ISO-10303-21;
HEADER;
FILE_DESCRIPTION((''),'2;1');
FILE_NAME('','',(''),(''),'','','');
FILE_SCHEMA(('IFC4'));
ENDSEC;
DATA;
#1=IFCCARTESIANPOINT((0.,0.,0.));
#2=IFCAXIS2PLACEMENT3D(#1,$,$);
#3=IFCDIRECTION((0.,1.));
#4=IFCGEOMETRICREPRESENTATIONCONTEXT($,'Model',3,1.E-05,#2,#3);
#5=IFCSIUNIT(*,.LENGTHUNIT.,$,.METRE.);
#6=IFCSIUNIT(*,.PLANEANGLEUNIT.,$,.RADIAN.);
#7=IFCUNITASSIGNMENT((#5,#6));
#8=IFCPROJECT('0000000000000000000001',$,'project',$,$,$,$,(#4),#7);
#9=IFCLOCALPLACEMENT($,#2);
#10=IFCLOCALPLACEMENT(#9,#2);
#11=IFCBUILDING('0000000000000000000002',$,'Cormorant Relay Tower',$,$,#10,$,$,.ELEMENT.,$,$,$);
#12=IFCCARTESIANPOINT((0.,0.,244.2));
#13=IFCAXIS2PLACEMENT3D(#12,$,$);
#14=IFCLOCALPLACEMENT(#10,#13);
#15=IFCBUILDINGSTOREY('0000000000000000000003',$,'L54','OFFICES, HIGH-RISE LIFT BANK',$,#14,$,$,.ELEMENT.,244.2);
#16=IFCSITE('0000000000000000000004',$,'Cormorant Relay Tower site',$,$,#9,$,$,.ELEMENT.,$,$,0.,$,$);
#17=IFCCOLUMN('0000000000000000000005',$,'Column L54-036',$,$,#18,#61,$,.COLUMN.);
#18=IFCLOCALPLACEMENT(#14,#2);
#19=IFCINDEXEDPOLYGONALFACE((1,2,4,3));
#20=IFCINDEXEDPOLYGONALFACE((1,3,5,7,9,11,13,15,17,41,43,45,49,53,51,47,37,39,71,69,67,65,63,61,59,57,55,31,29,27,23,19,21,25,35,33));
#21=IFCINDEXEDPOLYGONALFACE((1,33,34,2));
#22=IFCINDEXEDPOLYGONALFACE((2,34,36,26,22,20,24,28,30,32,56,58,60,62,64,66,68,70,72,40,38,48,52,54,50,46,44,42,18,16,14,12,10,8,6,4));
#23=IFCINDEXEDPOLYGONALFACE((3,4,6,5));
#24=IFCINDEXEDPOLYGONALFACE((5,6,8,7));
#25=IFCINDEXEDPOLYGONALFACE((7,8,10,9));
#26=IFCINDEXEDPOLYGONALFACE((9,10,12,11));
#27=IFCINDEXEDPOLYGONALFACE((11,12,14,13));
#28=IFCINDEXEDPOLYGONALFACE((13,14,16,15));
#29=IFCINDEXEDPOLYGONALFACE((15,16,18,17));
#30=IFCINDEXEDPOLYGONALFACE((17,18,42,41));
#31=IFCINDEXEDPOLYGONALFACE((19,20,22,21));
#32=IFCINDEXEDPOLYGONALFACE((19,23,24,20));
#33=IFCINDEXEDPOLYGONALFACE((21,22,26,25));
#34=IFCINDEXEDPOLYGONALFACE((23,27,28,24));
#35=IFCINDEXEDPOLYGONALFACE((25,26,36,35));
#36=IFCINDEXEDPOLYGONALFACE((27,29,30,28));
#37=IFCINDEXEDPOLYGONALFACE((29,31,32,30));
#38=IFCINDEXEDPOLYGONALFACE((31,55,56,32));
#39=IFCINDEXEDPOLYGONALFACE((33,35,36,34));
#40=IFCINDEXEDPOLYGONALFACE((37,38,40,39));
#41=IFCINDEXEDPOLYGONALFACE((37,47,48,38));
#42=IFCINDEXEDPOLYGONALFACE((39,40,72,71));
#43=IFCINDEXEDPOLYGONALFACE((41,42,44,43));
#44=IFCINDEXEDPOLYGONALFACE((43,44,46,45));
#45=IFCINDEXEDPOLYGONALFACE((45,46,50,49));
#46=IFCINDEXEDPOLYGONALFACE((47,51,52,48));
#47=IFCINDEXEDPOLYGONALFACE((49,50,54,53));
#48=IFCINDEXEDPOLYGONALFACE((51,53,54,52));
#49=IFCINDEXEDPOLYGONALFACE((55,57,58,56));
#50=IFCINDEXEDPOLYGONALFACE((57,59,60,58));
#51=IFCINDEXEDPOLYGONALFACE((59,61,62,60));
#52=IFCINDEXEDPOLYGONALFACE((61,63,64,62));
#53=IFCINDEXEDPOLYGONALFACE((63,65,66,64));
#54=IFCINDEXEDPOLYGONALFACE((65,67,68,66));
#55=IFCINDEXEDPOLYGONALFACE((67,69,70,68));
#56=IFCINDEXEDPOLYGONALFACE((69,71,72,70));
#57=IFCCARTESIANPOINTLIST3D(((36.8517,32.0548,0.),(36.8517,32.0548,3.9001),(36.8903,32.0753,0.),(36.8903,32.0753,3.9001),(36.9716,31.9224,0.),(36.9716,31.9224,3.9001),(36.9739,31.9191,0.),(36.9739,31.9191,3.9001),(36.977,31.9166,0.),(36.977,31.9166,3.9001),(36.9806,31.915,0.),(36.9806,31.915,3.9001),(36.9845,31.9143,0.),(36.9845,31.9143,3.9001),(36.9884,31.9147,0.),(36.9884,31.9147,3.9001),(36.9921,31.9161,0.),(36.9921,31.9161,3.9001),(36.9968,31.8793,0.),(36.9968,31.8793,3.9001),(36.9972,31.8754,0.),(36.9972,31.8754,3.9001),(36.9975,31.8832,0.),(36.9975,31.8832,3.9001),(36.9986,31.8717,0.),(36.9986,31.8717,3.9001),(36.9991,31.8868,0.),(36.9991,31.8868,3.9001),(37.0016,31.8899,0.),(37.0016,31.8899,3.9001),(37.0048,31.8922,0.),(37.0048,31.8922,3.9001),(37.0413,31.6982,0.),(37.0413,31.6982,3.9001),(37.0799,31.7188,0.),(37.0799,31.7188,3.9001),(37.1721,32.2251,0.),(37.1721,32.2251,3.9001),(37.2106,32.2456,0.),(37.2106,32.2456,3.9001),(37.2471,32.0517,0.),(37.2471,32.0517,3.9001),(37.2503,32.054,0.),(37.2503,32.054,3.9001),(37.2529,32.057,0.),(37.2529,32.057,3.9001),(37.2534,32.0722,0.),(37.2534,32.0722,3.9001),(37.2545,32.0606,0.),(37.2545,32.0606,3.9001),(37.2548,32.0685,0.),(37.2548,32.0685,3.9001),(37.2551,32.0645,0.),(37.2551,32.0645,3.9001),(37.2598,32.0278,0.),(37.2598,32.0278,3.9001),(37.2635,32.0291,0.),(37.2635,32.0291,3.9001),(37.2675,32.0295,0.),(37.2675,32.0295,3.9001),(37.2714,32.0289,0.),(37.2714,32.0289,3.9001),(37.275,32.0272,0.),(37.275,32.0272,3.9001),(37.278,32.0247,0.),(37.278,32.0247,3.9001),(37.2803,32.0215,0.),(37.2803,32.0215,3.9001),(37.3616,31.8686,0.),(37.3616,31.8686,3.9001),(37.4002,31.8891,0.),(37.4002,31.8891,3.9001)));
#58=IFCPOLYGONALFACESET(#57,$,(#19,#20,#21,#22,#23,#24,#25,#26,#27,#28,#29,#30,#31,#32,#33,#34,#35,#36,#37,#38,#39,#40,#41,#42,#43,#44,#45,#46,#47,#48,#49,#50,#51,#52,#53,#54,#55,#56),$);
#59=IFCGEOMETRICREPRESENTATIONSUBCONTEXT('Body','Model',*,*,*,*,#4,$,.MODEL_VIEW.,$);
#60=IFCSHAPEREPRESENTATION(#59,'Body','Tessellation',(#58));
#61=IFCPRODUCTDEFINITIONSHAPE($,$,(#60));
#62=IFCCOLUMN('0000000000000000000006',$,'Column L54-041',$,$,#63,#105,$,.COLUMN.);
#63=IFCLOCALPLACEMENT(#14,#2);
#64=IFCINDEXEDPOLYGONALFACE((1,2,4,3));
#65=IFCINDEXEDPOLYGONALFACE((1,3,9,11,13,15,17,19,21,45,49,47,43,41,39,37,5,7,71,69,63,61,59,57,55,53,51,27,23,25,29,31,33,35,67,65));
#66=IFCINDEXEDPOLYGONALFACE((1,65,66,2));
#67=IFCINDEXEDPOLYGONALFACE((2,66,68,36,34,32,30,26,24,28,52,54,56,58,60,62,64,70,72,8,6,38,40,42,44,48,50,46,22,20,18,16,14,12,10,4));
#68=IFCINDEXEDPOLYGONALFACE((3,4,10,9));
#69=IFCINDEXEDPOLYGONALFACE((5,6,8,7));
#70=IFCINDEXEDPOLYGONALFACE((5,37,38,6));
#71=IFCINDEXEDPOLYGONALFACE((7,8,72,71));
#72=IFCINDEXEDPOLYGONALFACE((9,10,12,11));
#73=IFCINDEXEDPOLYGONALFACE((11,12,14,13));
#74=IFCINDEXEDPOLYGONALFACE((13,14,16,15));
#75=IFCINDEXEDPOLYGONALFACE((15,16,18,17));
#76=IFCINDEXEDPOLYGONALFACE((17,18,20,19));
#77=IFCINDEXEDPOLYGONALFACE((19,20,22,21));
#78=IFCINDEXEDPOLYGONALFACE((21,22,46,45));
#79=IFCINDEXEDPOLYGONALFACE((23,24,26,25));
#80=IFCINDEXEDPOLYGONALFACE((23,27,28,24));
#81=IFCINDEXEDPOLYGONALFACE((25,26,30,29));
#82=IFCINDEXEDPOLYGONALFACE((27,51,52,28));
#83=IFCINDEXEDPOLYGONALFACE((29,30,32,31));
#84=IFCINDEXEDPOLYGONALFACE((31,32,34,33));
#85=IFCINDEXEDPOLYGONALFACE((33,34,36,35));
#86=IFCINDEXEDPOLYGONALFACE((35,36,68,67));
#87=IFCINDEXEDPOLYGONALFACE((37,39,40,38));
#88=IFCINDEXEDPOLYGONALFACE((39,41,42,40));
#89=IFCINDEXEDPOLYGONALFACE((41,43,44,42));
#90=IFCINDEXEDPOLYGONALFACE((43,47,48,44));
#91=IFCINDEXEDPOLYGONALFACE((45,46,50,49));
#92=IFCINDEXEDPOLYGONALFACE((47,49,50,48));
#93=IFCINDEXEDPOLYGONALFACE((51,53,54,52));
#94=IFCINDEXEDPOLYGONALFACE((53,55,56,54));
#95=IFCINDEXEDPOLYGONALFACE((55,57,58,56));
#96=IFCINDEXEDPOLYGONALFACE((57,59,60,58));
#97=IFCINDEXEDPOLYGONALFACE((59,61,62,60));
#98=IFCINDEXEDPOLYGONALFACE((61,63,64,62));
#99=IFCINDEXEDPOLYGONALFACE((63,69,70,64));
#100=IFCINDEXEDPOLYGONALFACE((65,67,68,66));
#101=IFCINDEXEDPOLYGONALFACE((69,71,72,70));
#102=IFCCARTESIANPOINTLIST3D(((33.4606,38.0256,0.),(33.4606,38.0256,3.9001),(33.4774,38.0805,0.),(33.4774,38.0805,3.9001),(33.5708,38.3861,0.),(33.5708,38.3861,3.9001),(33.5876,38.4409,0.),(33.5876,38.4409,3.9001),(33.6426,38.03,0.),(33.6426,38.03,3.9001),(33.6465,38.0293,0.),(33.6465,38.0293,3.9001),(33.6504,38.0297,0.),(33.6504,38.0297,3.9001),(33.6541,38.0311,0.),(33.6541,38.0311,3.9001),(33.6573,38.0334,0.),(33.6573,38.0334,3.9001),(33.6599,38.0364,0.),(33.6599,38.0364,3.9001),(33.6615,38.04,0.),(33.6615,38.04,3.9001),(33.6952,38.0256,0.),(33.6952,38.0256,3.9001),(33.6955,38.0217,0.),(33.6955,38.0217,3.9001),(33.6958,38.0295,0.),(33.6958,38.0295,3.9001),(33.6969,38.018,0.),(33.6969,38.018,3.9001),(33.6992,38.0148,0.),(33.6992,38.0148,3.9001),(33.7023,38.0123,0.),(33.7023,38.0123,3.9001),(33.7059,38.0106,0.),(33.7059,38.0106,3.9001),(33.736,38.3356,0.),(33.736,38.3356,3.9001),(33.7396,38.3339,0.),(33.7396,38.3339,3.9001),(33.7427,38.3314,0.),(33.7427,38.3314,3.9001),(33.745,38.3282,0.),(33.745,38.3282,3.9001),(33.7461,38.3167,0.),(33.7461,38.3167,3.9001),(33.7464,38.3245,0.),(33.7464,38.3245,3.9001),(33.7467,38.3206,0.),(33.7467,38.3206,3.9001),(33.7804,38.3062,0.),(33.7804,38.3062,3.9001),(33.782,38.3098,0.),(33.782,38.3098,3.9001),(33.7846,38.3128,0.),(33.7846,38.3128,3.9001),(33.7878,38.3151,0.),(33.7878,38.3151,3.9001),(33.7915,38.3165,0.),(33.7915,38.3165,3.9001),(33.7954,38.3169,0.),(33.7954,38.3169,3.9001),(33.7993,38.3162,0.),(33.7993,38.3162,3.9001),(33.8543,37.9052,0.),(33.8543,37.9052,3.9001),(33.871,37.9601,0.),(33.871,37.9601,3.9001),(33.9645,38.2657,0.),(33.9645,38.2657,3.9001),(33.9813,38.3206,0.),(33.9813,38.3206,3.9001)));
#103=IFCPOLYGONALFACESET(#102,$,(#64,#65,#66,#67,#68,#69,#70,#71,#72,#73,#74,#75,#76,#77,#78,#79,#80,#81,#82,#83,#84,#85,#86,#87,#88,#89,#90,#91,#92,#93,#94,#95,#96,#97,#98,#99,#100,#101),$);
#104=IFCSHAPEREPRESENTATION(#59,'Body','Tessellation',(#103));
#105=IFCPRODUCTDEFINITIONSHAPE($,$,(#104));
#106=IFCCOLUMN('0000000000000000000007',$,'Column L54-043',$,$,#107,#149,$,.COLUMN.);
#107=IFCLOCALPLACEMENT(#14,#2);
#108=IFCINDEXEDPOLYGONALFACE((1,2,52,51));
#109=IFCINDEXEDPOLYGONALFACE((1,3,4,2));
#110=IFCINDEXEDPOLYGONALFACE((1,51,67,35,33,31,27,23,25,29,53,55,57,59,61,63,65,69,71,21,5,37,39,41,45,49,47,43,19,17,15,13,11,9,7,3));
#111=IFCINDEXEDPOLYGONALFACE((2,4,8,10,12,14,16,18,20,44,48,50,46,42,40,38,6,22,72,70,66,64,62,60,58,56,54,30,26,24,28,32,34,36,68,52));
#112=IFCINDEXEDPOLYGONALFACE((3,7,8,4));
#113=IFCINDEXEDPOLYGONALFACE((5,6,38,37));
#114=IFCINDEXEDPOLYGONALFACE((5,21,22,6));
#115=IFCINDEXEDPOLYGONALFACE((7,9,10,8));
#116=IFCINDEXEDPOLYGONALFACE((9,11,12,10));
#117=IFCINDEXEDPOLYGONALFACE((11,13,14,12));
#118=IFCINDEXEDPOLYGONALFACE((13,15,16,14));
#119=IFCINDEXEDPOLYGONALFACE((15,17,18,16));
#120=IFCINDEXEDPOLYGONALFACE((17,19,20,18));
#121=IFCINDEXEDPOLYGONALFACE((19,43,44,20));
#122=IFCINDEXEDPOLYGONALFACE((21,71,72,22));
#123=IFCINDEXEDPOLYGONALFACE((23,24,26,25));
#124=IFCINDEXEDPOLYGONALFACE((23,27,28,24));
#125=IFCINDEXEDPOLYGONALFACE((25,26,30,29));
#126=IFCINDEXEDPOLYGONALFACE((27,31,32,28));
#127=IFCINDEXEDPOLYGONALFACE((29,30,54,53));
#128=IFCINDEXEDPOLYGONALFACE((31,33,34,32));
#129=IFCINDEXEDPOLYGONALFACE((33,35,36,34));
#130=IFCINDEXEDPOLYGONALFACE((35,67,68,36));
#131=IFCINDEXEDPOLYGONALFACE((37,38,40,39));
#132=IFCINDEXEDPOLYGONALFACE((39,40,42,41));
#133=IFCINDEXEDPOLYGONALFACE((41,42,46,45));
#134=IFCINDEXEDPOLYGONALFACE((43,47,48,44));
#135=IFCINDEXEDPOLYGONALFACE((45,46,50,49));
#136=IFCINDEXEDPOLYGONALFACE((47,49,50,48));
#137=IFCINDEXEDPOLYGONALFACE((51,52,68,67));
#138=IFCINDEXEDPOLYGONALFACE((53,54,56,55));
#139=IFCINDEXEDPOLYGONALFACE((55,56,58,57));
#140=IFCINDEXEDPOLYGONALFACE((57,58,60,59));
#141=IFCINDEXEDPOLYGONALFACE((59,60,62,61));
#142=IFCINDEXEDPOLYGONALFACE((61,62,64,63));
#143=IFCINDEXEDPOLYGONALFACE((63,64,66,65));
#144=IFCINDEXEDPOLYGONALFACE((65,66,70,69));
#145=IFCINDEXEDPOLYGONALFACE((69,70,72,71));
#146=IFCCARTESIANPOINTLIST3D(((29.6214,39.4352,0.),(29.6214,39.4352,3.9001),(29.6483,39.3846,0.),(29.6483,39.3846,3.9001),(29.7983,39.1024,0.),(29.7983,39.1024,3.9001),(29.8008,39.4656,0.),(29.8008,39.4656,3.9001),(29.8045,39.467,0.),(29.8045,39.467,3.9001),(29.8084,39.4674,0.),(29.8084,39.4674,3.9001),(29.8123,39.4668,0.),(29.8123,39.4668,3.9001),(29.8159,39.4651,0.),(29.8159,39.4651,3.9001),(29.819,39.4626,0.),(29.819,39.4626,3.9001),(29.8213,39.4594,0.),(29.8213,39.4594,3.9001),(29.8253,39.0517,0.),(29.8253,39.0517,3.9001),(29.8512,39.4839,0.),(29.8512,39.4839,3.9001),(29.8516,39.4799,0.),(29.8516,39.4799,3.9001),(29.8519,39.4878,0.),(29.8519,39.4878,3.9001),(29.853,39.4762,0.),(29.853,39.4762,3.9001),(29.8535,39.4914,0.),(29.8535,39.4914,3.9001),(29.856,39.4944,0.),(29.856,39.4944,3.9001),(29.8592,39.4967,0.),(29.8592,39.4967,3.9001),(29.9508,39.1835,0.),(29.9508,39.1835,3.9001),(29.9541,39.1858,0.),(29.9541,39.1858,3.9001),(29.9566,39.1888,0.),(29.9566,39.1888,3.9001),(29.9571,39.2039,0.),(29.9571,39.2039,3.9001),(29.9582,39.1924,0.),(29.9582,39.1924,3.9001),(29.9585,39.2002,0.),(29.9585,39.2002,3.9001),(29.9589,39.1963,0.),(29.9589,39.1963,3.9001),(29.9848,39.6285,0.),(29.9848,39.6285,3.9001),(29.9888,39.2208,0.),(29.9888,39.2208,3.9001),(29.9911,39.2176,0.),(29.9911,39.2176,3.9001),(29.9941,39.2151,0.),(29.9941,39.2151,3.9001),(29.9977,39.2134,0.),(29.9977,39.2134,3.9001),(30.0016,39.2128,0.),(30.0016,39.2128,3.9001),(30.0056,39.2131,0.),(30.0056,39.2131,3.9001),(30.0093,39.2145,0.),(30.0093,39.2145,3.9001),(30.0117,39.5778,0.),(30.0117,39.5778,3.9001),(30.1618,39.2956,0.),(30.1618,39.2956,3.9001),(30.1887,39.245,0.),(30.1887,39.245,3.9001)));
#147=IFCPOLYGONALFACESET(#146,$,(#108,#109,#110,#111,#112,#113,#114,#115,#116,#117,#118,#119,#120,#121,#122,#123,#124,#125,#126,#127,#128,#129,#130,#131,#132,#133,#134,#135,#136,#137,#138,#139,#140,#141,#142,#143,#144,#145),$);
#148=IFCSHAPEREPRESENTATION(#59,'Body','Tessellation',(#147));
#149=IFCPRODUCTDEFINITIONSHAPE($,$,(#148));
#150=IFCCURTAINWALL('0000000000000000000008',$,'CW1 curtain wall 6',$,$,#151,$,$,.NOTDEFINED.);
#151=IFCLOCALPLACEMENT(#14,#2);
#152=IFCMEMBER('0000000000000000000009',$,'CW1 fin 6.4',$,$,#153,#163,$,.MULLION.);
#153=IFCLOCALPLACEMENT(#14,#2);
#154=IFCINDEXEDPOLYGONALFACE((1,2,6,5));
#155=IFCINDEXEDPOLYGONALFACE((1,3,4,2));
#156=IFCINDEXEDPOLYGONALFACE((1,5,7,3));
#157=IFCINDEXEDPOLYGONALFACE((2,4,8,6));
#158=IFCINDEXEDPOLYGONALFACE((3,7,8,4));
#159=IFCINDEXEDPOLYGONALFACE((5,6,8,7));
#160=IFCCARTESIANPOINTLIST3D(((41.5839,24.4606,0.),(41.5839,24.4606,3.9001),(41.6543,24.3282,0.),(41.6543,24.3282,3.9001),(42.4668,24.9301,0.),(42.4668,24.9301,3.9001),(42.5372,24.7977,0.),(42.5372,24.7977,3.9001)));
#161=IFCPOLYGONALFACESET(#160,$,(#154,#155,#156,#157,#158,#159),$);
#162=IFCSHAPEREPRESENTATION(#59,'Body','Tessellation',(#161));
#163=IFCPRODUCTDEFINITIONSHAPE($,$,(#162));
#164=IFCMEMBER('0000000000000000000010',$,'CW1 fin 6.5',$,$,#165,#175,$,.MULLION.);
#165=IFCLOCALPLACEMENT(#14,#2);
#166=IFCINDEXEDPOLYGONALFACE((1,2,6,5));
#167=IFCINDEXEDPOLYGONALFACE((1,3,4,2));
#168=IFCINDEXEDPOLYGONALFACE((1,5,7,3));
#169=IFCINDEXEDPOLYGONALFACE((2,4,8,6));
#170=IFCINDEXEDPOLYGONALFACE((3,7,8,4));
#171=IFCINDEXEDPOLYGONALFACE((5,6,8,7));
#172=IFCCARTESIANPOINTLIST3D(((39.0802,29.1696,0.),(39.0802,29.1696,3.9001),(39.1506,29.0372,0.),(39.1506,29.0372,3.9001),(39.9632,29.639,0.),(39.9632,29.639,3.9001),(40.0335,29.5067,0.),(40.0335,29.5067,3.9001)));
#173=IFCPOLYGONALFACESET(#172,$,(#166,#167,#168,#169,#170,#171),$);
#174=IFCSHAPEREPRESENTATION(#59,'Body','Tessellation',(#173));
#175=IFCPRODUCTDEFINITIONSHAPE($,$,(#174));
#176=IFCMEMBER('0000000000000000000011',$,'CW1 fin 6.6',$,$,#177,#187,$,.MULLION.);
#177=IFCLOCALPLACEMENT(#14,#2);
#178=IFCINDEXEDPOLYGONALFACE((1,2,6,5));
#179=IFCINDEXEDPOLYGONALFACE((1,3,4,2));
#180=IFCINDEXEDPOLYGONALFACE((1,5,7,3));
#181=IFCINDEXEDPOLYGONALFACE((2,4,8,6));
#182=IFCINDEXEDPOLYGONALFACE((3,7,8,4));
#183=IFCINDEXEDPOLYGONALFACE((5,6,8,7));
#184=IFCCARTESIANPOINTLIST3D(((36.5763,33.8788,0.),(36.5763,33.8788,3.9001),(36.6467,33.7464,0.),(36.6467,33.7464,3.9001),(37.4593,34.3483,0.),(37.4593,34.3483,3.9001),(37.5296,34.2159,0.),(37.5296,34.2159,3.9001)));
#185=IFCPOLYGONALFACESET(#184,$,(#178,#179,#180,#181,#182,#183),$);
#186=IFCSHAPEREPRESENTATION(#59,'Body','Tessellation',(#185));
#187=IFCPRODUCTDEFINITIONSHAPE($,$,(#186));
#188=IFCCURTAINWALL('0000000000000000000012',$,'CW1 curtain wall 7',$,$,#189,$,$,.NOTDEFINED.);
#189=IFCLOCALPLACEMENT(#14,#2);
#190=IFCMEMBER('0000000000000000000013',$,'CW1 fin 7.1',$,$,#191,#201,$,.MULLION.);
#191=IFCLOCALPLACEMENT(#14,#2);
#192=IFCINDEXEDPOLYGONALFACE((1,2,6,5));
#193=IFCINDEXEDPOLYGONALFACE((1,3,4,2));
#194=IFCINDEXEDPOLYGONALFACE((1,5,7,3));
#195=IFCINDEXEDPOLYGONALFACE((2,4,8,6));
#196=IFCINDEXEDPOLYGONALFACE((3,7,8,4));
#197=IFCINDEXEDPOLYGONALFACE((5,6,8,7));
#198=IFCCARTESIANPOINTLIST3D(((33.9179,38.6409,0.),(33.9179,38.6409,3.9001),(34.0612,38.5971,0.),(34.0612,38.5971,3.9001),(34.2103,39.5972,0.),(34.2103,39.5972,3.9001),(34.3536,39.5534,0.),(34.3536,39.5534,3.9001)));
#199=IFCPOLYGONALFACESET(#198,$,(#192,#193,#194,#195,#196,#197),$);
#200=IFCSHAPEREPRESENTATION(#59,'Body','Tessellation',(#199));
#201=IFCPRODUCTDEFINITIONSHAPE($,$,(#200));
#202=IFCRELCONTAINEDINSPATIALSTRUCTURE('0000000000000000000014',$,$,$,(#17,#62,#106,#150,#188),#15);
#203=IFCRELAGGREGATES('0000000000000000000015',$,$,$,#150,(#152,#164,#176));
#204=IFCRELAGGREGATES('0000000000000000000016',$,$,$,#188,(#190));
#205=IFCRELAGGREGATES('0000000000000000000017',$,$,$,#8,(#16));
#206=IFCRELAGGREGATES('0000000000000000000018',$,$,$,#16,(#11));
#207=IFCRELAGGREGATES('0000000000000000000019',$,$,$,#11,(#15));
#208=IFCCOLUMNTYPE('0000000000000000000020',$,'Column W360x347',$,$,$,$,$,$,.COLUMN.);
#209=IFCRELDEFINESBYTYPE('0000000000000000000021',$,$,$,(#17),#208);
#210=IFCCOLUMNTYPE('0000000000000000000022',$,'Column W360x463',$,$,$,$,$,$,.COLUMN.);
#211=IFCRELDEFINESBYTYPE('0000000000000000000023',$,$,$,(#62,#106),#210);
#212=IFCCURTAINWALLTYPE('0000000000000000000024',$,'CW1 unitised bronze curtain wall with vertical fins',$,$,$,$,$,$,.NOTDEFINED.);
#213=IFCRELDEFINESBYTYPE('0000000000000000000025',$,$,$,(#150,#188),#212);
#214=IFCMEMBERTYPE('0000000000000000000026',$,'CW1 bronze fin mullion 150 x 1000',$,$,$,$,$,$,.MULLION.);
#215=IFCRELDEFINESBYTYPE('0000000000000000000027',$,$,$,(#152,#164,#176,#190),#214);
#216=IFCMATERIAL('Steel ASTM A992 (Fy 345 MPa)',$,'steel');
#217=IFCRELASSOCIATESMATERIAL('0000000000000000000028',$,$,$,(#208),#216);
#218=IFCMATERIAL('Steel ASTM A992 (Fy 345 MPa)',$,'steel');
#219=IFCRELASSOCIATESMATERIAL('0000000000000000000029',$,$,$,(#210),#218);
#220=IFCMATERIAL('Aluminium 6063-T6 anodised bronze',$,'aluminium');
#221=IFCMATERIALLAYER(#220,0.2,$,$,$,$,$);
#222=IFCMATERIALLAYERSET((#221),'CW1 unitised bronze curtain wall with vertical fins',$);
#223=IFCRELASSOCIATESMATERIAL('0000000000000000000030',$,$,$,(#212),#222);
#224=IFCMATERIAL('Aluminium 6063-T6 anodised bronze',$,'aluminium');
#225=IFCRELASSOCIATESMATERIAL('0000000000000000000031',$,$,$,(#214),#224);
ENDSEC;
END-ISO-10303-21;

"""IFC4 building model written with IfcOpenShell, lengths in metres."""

from ifc_helpers import new_model, si_unit, direction, frame, origin, origin_2d, place, context, subcontext, project, spatial, rectangle, i_section, extrude, material, layer, layer_set, material_profile, profile_set, type_object, element, aggregate, save


model = new_model("IFC4")

# Units and contexts
model_context = context("Model", 3, precision=1e-05, world=origin(), true_north=direction((0.0, 1.0)))
body_context = subcontext(model_context, "Body", "Model", "MODEL_VIEW")
ifc_project = project(units=[si_unit("LENGTHUNIT", "METRE"), si_unit("PLANEANGLEUNIT", "RADIAN")], contexts=[model_context])

# Site, building, storey
site_placement = place(None, origin())
site = spatial("IfcSite", under=ifc_project, at=site_placement, Name="Cormorant Relay Tower site", CompositionType="ELEMENT", RefElevation=0.0)
building_placement = place(site_placement, origin())
building = spatial("IfcBuilding", under=site, at=building_placement, Name="Cormorant Relay Tower", CompositionType="ELEMENT")
storey_placement = place(building_placement, frame((0.0, 0.0, 244.2)))
storey = spatial("IfcBuildingStorey", under=building, at=storey_placement, Name="L54", Description="OFFICES, HIGH-RISE LIFT BANK", CompositionType="ELEMENT", Elevation=244.2)

# Columns
ifc_material_1 = material(Name="Steel ASTM A992 (Fy 345 MPa)", Category="steel")
ifc_material_profile_1 = material_profile(ifc_material_1, i_section(OverallWidth=0.4038, OverallDepth=0.4065, WebThickness=0.0271, FlangeThickness=0.0437, FilletRadius=0.0151, at=origin_2d()), Name="W360x347")
ifc_profile_set_1 = profile_set([ifc_material_profile_1], Name="Steel ASTM A992 (Fy 345 MPa)")
column_type_1 = type_object("IfcColumnType", Name="Column W360x347", PredefinedType="COLUMN", material=ifc_profile_set_1)
column_placement = place(storey_placement, frame((37.126, 31.9719, 0.0), z_axis=(0.0, 0.0, 1.0), x_axis=(-0.469472, 0.882948, 0.0)))
element("IfcColumn", 1, at=column_placement, inside=storey, type_object=column_type_1, Name="Column L54-036", PredefinedType="COLUMN", context=body_context, shape_type="SweptSolid", body=[
    extrude(i_section(OverallWidth=0.4038, OverallDepth=0.4065, WebThickness=0.0271, FlangeThickness=0.0437, FilletRadius=0.0151, at=origin_2d()), origin(), (0.0, 0.0, 1.0), 3.9001),
])
ifc_material_2 = material(Name="Steel ASTM A992 (Fy 345 MPa)", Category="steel")
ifc_material_profile_2 = material_profile(ifc_material_2, i_section(OverallWidth=0.4116, OverallDepth=0.4343, WebThickness=0.0359, FlangeThickness=0.0574, FilletRadius=0.0151, at=origin_2d()), Name="W360x463")
ifc_profile_set_2 = profile_set([ifc_material_profile_2], Name="Steel ASTM A992 (Fy 345 MPa)")
column_type_2 = type_object("IfcColumnType", Name="Column W360x463", PredefinedType="COLUMN", material=ifc_profile_set_2)
for number, where, z_axis, x_axis, name in (
    (2, (33.7209, 38.1731, 0.0), (0.0, 0.0, 1.0), (-0.956305, 0.292372, 0.0), "Column L54-041"),
    (3, (29.905, 39.3401, 0.0), (0.0, 0.0, 1.0), (-0.882948, -0.469472, 0.0), "Column L54-043"),
):
    element("IfcColumn", number, at=place(storey_placement, frame(where, z_axis=z_axis, x_axis=x_axis)), inside=storey, type_object=column_type_2, Name=name, PredefinedType="COLUMN", context=body_context, shape_type="SweptSolid", body=[
        extrude(i_section(OverallWidth=0.4116, OverallDepth=0.4343, WebThickness=0.0359, FlangeThickness=0.0574, FilletRadius=0.0151, at=origin_2d()), origin(), (0.0, 0.0, 1.0), 3.9001),
    ])

# Curtain wall, members
ifc_material_3 = material(Name="Aluminium 6063-T6 anodised bronze", Category="aluminium")
ifc_layer_1 = layer(ifc_material_3, 0.2)
ifc_layer_set_1 = layer_set([ifc_layer_1], Name="CW1 unitised bronze curtain wall with vertical fins")
curtain_wall_type = type_object("IfcCurtainWallType", Name="CW1 unitised bronze curtain wall with vertical fins", PredefinedType="NOTDEFINED", material=ifc_layer_set_1)
curtain_wall_1_placement = place(storey_placement, origin())
curtain_wall_1 = element("IfcCurtainWall", 4, at=curtain_wall_1_placement, inside=storey, type_object=curtain_wall_type, Name="CW1 curtain wall 6", PredefinedType="NOTDEFINED")
ifc_material_4 = material(Name="Aluminium 6063-T6 anodised bronze", Category="aluminium")
ifc_material_profile_3 = material_profile(ifc_material_4, rectangle(XDim=0.1499, YDim=1.0, at=origin_2d()), Name="AL 150x1000")
ifc_profile_set_3 = profile_set([ifc_material_profile_3], Name="Aluminium 6063-T6 anodised bronze")
member_type_1 = type_object("IfcMemberType", Name="CW1 bronze fin mullion 150 x 1000", PredefinedType="MULLION", material=ifc_profile_set_3)
member_1_placement = place(storey_placement, frame((42.0605, 24.6292, 0.0), z_axis=(0.0, 0.0, 1.0), x_axis=(-0.469472, 0.882948, 0.0)))
member_1 = element("IfcMember", 5, at=member_1_placement, type_object=member_type_1, Name="CW1 fin 6.4", PredefinedType="MULLION", context=body_context, shape_type="SweptSolid", body=[
    extrude(rectangle(XDim=0.1499, YDim=1.0, at=origin_2d()), origin(), (0.0, 0.0, 1.0), 3.9001),
])
member_2_placement = place(storey_placement, frame((39.5569, 29.3381, 0.0), z_axis=(0.0, 0.0, 1.0), x_axis=(-0.469472, 0.882948, 0.0)))
member_2 = element("IfcMember", 6, at=member_2_placement, type_object=member_type_1, Name="CW1 fin 6.5", PredefinedType="MULLION", context=body_context, shape_type="SweptSolid", body=[
    extrude(rectangle(XDim=0.1499, YDim=1.0, at=origin_2d()), origin(), (0.0, 0.0, 1.0), 3.9001),
])
member_3_placement = place(storey_placement, frame((37.053, 34.0474, 0.0), z_axis=(0.0, 0.0, 1.0), x_axis=(-0.469472, 0.882948, 0.0)))
member_3 = element("IfcMember", 7, at=member_3_placement, type_object=member_type_1, Name="CW1 fin 6.6", PredefinedType="MULLION", context=body_context, shape_type="SweptSolid", body=[
    extrude(rectangle(XDim=0.1499, YDim=1.0, at=origin_2d()), origin(), (0.0, 0.0, 1.0), 3.9001),
])

# Curtain wall, member
curtain_wall_2_placement = place(storey_placement, origin())
curtain_wall_2 = element("IfcCurtainWall", 8, at=curtain_wall_2_placement, inside=storey, type_object=curtain_wall_type, Name="CW1 curtain wall 7", PredefinedType="NOTDEFINED")
member_4_placement = place(storey_placement, frame((34.1357, 39.0972, 0.0), z_axis=(0.0, 0.0, 1.0), x_axis=(-0.956305, 0.292372, 0.0)))
member_4 = element("IfcMember", 9, at=member_4_placement, type_object=member_type_1, Name="CW1 fin 7.1", PredefinedType="MULLION", context=body_context, shape_type="SweptSolid", body=[
    extrude(rectangle(XDim=0.1499, YDim=1.0, at=origin_2d()), origin(), (0.0, 0.0, 1.0), 3.9001),
])

aggregate(curtain_wall_1, [member_1, member_2, member_3])
aggregate(curtain_wall_2, [member_4])

save(model, "model.ifc")
